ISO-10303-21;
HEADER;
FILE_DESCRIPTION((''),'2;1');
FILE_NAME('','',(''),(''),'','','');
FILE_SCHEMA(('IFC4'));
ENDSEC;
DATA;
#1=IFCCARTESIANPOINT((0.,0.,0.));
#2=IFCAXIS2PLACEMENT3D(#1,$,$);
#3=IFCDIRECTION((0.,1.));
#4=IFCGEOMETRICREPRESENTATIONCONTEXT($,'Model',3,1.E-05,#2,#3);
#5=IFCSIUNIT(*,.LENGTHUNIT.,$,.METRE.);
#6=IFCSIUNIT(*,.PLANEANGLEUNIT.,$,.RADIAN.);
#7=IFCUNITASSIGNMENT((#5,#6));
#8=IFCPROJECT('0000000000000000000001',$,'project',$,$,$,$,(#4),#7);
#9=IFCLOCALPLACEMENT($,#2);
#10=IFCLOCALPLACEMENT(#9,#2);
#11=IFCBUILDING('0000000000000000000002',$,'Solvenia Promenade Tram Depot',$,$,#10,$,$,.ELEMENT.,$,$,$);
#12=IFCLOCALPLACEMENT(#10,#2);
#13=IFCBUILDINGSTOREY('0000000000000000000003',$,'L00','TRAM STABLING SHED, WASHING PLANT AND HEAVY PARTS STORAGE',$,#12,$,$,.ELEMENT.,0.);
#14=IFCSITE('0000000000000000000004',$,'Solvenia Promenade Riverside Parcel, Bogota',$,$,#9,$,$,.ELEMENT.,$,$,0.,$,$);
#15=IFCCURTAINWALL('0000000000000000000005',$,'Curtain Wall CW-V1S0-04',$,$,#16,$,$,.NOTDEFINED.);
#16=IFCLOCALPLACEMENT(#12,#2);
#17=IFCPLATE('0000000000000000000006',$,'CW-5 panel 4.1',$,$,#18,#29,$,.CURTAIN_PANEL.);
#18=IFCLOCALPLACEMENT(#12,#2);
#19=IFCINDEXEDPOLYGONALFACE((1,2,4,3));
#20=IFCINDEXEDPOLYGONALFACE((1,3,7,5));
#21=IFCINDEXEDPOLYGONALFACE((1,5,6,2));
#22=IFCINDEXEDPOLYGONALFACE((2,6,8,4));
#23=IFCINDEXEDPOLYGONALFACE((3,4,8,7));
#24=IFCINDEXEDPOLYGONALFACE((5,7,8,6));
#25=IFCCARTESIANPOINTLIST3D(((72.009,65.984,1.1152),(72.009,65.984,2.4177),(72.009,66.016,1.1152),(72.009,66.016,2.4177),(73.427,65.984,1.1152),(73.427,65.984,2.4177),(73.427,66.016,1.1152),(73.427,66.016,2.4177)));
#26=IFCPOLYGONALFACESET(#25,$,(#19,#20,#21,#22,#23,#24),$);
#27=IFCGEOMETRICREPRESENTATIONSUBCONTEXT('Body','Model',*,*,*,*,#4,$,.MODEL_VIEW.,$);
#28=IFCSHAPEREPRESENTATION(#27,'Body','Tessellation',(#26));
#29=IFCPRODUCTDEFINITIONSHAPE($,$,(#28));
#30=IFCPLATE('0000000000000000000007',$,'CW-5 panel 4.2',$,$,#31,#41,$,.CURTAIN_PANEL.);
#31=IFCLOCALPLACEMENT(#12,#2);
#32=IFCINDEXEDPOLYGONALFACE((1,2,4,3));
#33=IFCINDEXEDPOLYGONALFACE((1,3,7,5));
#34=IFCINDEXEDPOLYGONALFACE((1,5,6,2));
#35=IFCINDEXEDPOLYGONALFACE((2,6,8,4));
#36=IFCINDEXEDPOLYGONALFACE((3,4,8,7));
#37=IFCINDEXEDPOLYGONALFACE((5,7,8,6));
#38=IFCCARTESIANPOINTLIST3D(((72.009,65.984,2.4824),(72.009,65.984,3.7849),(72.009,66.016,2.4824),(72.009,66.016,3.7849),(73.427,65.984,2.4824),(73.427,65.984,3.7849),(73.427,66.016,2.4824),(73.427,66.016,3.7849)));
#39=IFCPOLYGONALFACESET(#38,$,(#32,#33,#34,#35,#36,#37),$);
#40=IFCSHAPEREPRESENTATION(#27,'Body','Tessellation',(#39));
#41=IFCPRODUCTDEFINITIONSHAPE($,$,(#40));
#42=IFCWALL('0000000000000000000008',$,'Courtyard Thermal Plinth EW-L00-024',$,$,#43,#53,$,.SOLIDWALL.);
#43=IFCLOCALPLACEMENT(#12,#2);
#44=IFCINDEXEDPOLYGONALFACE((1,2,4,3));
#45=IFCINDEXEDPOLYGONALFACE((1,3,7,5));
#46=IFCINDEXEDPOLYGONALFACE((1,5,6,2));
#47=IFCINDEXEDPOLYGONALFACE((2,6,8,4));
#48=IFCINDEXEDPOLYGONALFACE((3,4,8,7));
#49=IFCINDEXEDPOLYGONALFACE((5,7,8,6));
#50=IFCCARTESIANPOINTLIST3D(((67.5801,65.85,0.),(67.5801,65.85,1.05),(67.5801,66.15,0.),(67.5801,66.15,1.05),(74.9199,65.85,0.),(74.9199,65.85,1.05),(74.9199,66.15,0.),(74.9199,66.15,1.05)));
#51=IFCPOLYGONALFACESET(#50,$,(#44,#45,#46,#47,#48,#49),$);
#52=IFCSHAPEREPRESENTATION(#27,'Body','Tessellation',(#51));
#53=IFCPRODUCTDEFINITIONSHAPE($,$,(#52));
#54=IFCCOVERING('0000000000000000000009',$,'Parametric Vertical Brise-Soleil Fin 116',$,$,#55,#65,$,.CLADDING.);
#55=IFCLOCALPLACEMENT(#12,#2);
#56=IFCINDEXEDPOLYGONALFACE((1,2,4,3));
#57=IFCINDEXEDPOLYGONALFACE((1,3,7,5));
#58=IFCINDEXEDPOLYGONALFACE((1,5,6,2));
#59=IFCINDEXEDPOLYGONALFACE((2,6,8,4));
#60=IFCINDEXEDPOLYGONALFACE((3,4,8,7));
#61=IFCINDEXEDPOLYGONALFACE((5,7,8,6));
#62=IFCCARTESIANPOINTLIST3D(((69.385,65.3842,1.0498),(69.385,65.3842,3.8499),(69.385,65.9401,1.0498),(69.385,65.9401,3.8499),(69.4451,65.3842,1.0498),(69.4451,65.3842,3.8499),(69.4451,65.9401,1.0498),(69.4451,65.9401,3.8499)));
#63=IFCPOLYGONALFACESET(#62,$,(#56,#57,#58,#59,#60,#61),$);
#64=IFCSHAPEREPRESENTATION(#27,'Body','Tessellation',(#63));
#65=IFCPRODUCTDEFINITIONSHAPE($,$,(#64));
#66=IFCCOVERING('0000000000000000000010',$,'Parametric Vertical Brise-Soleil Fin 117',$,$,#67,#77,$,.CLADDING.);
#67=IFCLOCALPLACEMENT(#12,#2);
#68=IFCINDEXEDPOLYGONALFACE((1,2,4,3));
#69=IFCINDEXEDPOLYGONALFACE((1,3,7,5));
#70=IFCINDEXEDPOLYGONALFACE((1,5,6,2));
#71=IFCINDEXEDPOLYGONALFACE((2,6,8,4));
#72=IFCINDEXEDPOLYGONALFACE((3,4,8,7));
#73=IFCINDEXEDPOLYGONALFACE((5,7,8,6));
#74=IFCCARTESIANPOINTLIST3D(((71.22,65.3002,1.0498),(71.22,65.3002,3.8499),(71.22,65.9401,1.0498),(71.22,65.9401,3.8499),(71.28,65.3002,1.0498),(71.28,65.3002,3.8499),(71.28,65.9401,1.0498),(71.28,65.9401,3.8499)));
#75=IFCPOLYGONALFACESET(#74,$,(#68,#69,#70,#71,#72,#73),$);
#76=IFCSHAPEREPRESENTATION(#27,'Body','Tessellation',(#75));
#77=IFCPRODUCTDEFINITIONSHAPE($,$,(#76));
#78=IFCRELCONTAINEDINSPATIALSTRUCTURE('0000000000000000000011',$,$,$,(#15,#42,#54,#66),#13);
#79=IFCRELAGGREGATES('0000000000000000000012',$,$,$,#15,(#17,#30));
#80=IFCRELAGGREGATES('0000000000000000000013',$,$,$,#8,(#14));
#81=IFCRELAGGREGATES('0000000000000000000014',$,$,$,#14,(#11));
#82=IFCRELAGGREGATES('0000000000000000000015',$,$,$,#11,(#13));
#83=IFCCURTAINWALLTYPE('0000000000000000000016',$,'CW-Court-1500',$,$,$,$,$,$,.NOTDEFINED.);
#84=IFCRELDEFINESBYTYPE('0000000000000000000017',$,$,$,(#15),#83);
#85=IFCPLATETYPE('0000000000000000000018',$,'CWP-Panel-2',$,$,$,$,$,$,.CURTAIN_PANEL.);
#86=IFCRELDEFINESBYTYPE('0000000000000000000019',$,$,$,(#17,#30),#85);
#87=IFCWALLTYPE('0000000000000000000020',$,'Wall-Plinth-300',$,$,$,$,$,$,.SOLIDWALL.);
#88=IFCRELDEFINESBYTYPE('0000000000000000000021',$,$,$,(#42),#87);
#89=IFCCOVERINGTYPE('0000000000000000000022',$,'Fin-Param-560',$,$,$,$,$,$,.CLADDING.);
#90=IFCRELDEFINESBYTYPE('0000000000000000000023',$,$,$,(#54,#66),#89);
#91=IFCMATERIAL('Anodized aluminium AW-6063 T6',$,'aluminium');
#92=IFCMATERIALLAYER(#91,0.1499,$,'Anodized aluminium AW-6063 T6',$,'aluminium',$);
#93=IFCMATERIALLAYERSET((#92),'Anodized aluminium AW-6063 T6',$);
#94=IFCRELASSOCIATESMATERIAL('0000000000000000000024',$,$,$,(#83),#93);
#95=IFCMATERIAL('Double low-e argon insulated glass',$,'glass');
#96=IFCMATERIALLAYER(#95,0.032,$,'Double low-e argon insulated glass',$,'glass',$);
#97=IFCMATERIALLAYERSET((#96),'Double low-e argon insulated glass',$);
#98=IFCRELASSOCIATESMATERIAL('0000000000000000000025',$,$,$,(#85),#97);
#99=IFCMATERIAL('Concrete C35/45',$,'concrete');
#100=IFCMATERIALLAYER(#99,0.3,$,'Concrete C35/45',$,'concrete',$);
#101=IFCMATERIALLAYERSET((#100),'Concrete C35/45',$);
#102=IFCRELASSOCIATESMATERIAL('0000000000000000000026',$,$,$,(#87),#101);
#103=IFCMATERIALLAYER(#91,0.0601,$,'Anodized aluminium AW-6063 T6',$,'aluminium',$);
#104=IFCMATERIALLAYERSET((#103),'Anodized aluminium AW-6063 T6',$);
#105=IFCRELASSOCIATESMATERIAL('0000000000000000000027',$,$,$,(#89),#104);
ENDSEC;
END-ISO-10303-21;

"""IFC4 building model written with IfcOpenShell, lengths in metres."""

from ifc_helpers import new_model, si_unit, direction, frame, frame_2d, origin, origin_2d, place, context, subcontext, project, spatial, rectangle, extrude, material, layer, layer_set, type_object, element, aggregate, save


model = new_model("IFC4")

# Units and contexts
model_context = context("Model", 3, precision=1e-05, world=origin(), true_north=direction((0.0, 1.0)))
body_context = subcontext(model_context, "Body", "Model", "MODEL_VIEW")
ifc_project = project(units=[si_unit("LENGTHUNIT", "METRE"), si_unit("PLANEANGLEUNIT", "RADIAN")], contexts=[model_context])

# Site, building, storey
site_placement = place(None, origin())
site = spatial("IfcSite", under=ifc_project, at=site_placement, Name="Solvenia Promenade Riverside Parcel, Bogota", CompositionType="ELEMENT", RefElevation=0.0)
building_placement = place(site_placement, origin())
building = spatial("IfcBuilding", under=site, at=building_placement, Name="Solvenia Promenade Tram Depot", CompositionType="ELEMENT")
storey_placement = place(building_placement, origin())
storey = spatial("IfcBuildingStorey", under=building, at=storey_placement, Name="L00", Description="TRAM STABLING SHED, WASHING PLANT AND HEAVY PARTS STORAGE", CompositionType="ELEMENT", Elevation=0.0)

# Shared definitions
ifc_material_1 = material(Name="Anodized aluminium AW-6063 T6", Category="aluminium")
ifc_layer_1 = layer(ifc_material_1, 0.1499, Name="Anodized aluminium AW-6063 T6", Category="aluminium")
ifc_layer_set_1 = layer_set([ifc_layer_1], Name="Anodized aluminium AW-6063 T6")
curtain_wall_type = type_object("IfcCurtainWallType", Name="CW-Court-1500", PredefinedType="NOTDEFINED", material=ifc_layer_set_1)

# Curtain wall
curtain_wall_1_placement = place(storey_placement, origin())
curtain_wall_1 = element("IfcCurtainWall", 1, at=curtain_wall_1_placement, inside=storey, type_object=curtain_wall_type, Name="Curtain Wall CW-V1S0-04", PredefinedType="NOTDEFINED")

# Plates
ifc_material_2 = material(Name="Double low-e argon insulated glass", Category="glass")
ifc_layer_2 = layer(ifc_material_2, 0.032, Name="Double low-e argon insulated glass", Category="glass")
ifc_layer_set_2 = layer_set([ifc_layer_2], Name="Double low-e argon insulated glass")
plate_type = type_object("IfcPlateType", Name="CWP-Panel-2", PredefinedType="CURTAIN_PANEL", material=ifc_layer_set_2)
plate_1_placement = place(storey_placement, frame((72.718, 66.0, 1.1152), z_axis=(0.0, 0.0, 1.0), x_axis=(1.0, 0.0, 0.0)))
plate_1 = element("IfcPlate", 2, at=plate_1_placement, type_object=plate_type, Name="CW-5 panel 4.1", PredefinedType="CURTAIN_PANEL", context=body_context, shape_type="SweptSolid", body=[
    extrude(rectangle(XDim=1.418, YDim=0.032, at=origin_2d()), origin(), (0.0, 0.0, 1.0), 1.3025),
])
plate_2_placement = place(storey_placement, frame((72.718, 66.0, 2.4824), z_axis=(0.0, 0.0, 1.0), x_axis=(1.0, 0.0, 0.0)))
plate_2 = element("IfcPlate", 3, at=plate_2_placement, type_object=plate_type, Name="CW-5 panel 4.2", PredefinedType="CURTAIN_PANEL", context=body_context, shape_type="SweptSolid", body=[
    extrude(rectangle(XDim=1.418, YDim=0.032, at=origin_2d()), origin(), (0.0, 0.0, 1.0), 1.3025),
])
aggregate(curtain_wall_1, [plate_1, plate_2])

# Wall
ifc_material_3 = material(Name="Concrete C35/45", Category="concrete")
ifc_layer_3 = layer(ifc_material_3, 0.3, Name="Concrete C35/45", Category="concrete")
ifc_layer_set_3 = layer_set([ifc_layer_3], Name="Concrete C35/45")
wall_type = type_object("IfcWallType", Name="Wall-Plinth-300", PredefinedType="SOLIDWALL", material=ifc_layer_set_3)
wall_placement = place(storey_placement, frame((67.5801, 66.0, 0.0), z_axis=(0.0, 0.0, 1.0), x_axis=(1.0, 0.0, 0.0)))
element("IfcWall", 4, at=wall_placement, inside=storey, type_object=wall_type, Name="Courtyard Thermal Plinth EW-L00-024", PredefinedType="SOLIDWALL", context=body_context, shape_type="SweptSolid", body=[
    extrude(rectangle(XDim=7.3398, YDim=0.3, at=frame_2d((3.6699, 0.0))), origin(), (0.0, 0.0, 1.0), 1.05),
])

# Coverings
ifc_layer_4 = layer(ifc_material_1, 0.0601, Name="Anodized aluminium AW-6063 T6", Category="aluminium")
ifc_layer_set_4 = layer_set([ifc_layer_4], Name="Anodized aluminium AW-6063 T6")
covering_type = type_object("IfcCoveringType", Name="Fin-Param-560", PredefinedType="CLADDING", material=ifc_layer_set_4)
covering_1_placement = place(storey_placement, frame((69.415, 65.6621, 1.0498), z_axis=(0.0, 0.0, 1.0), x_axis=(1.0, 0.0, 0.0)))
element("IfcCovering", 5, at=covering_1_placement, inside=storey, type_object=covering_type, Name="Parametric Vertical Brise-Soleil Fin 116", PredefinedType="CLADDING", context=body_context, shape_type="SweptSolid", body=[
    extrude(rectangle(XDim=0.0601, YDim=0.5559, at=origin_2d()), origin(), (0.0, 0.0, 1.0), 2.8),
])
covering_2_placement = place(storey_placement, frame((71.25, 65.6201, 1.0498), z_axis=(0.0, 0.0, 1.0), x_axis=(1.0, 0.0, 0.0)))
element("IfcCovering", 6, at=covering_2_placement, inside=storey, type_object=covering_type, Name="Parametric Vertical Brise-Soleil Fin 117", PredefinedType="CLADDING", context=body_context, shape_type="SweptSolid", body=[
    extrude(rectangle(XDim=0.0601, YDim=0.6399, at=origin_2d()), origin(), (0.0, 0.0, 1.0), 2.8),
])

save(model, "model.ifc")
